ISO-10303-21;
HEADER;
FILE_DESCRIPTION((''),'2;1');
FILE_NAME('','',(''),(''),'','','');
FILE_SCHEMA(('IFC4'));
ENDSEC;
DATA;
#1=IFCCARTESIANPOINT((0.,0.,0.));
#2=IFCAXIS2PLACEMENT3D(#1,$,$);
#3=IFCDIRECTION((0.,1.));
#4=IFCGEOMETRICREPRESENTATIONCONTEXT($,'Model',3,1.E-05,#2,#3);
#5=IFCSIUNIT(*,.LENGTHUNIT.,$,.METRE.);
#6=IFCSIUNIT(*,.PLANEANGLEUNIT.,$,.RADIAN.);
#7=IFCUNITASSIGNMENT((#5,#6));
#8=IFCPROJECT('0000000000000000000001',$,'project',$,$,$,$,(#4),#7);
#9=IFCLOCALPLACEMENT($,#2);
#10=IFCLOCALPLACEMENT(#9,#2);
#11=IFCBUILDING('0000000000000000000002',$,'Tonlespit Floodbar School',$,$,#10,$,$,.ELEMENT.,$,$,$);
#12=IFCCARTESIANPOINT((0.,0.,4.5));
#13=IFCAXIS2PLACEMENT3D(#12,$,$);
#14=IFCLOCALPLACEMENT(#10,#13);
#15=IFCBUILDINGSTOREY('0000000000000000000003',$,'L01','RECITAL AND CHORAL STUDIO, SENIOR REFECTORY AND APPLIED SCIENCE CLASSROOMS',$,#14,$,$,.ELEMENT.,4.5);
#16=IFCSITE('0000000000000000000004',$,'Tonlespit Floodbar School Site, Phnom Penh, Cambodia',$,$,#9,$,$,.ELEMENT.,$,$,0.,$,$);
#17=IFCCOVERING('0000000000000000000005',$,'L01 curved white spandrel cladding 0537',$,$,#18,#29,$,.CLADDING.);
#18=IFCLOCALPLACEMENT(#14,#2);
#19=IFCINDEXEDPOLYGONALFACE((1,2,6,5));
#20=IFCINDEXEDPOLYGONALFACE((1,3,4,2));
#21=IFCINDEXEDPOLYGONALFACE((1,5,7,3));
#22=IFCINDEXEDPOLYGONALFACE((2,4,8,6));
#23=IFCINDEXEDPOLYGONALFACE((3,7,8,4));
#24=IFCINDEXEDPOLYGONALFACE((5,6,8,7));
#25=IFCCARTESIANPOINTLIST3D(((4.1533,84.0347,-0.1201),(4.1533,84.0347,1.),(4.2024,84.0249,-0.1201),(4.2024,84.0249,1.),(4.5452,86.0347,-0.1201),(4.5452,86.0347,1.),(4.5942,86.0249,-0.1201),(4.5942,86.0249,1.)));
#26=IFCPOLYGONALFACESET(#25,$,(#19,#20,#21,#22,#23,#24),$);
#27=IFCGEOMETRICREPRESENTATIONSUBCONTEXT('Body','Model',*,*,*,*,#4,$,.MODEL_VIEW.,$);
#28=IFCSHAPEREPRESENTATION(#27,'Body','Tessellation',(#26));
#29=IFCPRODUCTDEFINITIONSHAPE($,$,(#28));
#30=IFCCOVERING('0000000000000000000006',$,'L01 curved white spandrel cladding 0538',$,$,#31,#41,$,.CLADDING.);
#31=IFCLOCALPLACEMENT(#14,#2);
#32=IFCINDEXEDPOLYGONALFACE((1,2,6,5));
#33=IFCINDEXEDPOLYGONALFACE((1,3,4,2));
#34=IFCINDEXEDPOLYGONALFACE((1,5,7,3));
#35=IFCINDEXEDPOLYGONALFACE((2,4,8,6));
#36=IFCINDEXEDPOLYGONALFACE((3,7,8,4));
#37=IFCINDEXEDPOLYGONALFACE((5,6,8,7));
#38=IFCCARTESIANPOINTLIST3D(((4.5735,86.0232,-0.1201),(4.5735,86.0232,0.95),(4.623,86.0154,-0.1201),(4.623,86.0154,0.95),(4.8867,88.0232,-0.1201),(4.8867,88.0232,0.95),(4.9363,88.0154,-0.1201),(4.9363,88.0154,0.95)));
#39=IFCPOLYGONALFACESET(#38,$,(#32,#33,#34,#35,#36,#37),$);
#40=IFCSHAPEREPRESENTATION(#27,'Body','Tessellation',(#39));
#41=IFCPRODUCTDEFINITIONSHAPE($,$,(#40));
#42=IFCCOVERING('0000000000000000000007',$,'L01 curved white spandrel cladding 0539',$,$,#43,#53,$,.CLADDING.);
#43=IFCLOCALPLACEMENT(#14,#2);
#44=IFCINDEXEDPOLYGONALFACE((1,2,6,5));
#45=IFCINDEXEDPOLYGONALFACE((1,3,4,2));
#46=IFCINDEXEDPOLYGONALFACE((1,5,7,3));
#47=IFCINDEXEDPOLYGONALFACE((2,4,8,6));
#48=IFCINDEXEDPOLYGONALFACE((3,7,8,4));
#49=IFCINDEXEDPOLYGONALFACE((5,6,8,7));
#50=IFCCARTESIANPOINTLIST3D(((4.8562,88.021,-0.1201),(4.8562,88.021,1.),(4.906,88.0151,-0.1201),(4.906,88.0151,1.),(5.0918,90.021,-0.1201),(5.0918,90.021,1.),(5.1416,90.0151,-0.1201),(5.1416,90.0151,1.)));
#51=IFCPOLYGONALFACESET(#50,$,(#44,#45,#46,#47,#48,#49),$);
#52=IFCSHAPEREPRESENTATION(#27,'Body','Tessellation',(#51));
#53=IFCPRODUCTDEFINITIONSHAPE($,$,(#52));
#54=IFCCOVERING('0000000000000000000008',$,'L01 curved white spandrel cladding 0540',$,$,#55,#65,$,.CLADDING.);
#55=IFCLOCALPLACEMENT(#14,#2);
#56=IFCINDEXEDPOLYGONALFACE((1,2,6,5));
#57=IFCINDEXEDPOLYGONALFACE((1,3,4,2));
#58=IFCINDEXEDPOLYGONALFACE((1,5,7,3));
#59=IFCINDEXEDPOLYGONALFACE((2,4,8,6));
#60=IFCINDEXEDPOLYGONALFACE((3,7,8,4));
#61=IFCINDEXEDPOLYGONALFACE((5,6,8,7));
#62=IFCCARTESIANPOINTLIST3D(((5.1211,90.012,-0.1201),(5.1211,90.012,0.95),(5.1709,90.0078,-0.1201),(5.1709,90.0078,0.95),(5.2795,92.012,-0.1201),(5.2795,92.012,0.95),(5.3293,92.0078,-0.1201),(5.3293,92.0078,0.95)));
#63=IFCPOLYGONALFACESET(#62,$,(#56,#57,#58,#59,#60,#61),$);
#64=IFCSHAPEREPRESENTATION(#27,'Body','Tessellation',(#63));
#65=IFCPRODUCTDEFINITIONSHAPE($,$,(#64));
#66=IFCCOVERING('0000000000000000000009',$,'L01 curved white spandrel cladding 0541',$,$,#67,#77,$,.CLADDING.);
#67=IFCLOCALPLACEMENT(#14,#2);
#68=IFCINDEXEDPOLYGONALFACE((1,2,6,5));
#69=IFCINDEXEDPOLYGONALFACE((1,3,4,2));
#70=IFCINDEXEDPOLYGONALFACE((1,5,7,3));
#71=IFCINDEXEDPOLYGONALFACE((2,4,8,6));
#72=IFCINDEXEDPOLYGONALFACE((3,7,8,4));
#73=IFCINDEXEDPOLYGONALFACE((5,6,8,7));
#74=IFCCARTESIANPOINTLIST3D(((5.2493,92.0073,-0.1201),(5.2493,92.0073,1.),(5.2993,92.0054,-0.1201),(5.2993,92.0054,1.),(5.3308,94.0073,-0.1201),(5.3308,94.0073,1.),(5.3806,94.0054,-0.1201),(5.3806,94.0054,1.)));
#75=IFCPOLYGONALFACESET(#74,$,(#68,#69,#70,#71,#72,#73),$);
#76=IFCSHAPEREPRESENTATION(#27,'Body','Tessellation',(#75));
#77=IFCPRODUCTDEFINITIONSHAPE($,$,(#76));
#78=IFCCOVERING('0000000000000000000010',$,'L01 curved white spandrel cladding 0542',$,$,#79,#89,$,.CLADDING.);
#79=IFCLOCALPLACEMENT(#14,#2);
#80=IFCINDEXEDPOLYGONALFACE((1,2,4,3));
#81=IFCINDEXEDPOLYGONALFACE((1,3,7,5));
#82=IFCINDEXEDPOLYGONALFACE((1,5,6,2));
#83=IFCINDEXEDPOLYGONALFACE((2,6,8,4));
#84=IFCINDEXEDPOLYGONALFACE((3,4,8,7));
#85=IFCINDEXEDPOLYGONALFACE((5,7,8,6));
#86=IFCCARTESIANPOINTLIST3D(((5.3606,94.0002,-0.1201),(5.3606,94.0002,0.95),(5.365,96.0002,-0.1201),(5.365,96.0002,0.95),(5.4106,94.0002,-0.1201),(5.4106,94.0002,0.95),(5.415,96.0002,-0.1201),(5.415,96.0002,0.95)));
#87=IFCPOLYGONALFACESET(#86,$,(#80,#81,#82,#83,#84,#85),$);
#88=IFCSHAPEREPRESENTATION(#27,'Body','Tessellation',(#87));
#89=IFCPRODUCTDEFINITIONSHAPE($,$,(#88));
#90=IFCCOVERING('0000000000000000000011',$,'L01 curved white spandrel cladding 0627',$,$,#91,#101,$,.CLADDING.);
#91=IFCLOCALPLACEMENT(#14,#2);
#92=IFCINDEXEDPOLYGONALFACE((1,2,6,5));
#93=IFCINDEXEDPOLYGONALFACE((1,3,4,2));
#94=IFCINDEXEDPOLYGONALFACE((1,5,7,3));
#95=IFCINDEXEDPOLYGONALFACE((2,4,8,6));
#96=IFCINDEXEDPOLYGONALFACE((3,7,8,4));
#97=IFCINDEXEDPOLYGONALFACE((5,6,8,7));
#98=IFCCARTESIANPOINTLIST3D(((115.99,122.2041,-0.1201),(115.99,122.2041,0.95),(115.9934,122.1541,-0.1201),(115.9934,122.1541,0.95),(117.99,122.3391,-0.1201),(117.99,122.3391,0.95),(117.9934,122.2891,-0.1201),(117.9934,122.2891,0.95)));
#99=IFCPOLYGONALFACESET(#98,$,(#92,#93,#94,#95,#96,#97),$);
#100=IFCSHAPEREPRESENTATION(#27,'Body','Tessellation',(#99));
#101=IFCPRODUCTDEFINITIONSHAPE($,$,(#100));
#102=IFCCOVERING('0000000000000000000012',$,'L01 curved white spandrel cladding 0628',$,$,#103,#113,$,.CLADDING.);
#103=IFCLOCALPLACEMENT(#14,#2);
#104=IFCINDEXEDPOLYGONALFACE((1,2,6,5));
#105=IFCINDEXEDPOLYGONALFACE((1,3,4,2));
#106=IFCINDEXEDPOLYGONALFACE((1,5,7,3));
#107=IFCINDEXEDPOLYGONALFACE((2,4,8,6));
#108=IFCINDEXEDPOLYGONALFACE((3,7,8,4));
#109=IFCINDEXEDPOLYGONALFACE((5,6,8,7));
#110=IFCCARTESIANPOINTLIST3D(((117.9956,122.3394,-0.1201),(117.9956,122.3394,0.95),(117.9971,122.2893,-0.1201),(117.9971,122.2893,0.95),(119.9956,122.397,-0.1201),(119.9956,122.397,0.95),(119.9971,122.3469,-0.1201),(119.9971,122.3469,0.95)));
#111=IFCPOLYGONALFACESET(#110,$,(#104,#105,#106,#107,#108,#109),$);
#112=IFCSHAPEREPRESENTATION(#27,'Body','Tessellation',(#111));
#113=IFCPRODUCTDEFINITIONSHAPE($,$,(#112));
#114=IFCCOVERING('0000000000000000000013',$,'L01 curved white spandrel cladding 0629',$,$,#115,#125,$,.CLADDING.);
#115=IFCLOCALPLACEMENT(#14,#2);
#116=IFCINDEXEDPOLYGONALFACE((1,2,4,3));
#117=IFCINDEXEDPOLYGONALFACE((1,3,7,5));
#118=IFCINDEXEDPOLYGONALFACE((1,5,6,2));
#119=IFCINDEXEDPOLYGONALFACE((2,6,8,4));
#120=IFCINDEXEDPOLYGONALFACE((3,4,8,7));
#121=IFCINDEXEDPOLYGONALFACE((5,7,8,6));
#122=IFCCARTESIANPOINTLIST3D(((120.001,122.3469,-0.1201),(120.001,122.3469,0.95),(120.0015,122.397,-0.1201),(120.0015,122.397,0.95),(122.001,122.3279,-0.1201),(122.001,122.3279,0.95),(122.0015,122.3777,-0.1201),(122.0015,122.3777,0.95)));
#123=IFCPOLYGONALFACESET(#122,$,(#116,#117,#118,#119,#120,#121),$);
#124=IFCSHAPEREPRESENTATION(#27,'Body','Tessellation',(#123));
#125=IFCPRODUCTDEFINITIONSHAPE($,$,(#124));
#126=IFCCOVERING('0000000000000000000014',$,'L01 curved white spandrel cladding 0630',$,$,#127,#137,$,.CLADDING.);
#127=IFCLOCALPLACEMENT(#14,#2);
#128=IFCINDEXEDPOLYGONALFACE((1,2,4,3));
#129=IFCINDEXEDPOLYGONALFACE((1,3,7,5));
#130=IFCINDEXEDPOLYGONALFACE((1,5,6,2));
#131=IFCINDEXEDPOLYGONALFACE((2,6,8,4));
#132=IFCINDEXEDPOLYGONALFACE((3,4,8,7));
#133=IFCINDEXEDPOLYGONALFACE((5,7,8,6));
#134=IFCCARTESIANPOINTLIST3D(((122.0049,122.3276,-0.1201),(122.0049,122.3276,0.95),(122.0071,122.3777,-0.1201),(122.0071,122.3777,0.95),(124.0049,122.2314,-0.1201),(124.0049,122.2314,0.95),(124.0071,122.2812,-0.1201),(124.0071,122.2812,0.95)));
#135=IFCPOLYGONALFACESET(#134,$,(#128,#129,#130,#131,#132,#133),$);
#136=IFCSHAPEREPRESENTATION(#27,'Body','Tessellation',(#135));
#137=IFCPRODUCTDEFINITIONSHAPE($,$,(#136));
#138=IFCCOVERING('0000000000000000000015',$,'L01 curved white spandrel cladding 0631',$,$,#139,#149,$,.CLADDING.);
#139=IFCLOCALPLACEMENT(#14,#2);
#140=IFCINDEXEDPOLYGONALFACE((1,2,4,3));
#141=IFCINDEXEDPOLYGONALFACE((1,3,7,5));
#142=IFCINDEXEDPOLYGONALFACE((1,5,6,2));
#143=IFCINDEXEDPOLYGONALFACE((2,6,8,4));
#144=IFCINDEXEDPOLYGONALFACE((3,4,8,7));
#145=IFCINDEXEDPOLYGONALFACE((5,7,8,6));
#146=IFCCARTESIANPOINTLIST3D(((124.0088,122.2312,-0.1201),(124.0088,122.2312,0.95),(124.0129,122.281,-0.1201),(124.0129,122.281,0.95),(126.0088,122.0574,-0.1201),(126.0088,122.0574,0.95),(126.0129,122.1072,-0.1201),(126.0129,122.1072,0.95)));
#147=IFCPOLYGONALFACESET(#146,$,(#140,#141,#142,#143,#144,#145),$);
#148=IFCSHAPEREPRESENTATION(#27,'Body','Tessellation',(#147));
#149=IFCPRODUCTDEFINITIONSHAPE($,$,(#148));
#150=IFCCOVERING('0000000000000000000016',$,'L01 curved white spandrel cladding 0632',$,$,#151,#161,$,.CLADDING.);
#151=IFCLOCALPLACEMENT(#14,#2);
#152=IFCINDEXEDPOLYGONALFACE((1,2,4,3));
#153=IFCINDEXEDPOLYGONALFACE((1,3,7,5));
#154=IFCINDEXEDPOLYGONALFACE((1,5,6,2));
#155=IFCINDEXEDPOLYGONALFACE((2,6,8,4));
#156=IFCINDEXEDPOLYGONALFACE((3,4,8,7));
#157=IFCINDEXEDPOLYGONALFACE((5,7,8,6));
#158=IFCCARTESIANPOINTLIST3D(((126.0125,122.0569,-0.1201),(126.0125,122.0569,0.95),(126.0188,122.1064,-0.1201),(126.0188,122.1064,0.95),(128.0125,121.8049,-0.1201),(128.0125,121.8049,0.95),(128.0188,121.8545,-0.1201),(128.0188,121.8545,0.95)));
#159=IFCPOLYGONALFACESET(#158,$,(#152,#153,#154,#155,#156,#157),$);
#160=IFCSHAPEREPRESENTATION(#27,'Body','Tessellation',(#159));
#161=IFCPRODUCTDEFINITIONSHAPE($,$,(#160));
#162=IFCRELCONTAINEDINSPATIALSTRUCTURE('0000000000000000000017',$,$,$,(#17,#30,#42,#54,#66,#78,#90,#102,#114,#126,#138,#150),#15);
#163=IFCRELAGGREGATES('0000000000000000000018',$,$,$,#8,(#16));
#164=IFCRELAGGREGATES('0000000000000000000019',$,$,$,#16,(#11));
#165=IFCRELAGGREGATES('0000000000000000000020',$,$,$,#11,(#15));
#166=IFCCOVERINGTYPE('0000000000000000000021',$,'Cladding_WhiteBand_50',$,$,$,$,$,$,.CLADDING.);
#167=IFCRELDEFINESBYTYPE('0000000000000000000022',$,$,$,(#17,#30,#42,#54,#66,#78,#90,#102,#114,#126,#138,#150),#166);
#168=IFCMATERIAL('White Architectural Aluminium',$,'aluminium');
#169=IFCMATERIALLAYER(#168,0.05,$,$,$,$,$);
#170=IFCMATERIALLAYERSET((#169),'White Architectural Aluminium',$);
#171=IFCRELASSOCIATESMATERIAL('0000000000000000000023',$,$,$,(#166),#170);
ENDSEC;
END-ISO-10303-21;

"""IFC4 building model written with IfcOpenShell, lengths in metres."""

from ifc_helpers import new_model, si_unit, direction, frame, origin, place, context, subcontext, project, spatial, polyline, outline, extrude, material, layer, layer_set, type_object, element, save


model = new_model("IFC4")

# Units and contexts
model_context = context("Model", 3, precision=1e-05, world=origin(), true_north=direction((0.0, 1.0)))
body_context = subcontext(model_context, "Body", "Model", "MODEL_VIEW")
ifc_project = project(units=[si_unit("LENGTHUNIT", "METRE"), si_unit("PLANEANGLEUNIT", "RADIAN")], contexts=[model_context])

# Site, building, storey
site_placement = place(None, origin())
site = spatial("IfcSite", under=ifc_project, at=site_placement, Name="Tonlespit Floodbar School Site, Phnom Penh, Cambodia", CompositionType="ELEMENT", RefElevation=0.0)
building_placement = place(site_placement, origin())
building = spatial("IfcBuilding", under=site, at=building_placement, Name="Tonlespit Floodbar School", CompositionType="ELEMENT")
storey_placement = place(building_placement, frame((0.0, 0.0, 4.5)))
storey = spatial("IfcBuildingStorey", under=building, at=storey_placement, Name="L01", Description="RECITAL AND CHORAL STUDIO, SENIOR REFECTORY AND APPLIED SCIENCE CLASSROOMS", CompositionType="ELEMENT", Elevation=4.5)

# Coverings
ifc_material = material(Name="White Architectural Aluminium", Category="aluminium")
ifc_layer = layer(ifc_material, 0.05)
ifc_layer_set = layer_set([ifc_layer], Name="White Architectural Aluminium")
covering_type = type_object("IfcCoveringType", Name="Cladding_WhiteBand_50", PredefinedType="CLADDING", material=ifc_layer_set)
covering_1_placement = place(storey_placement, frame((0.0, 0.0, -0.1201)))
element("IfcCovering", 1, at=covering_1_placement, inside=storey, type_object=covering_type, Name="L01 curved white spandrel cladding 0537", PredefinedType="CLADDING", context=body_context, shape_type="SweptSolid", body=[
    extrude(outline(polyline([(4.2024, 84.0249), (4.5942, 86.0249), (4.5452, 86.0347), (4.1533, 84.0347), (4.2024, 84.0249)])), origin(), (0.0, 0.0, 1.0), 1.1201),
])
covering_2_placement = place(storey_placement, frame((0.0, 0.0, -0.1201)))
element("IfcCovering", 2, at=covering_2_placement, inside=storey, type_object=covering_type, Name="L01 curved white spandrel cladding 0538", PredefinedType="CLADDING", context=body_context, shape_type="SweptSolid", body=[
    extrude(outline(polyline([(4.623, 86.0154), (4.9363, 88.0154), (4.8867, 88.0232), (4.5735, 86.0232), (4.623, 86.0154)])), origin(), (0.0, 0.0, 1.0), 1.0701),
])
covering_3_placement = place(storey_placement, frame((0.0, 0.0, -0.1201)))
element("IfcCovering", 3, at=covering_3_placement, inside=storey, type_object=covering_type, Name="L01 curved white spandrel cladding 0539", PredefinedType="CLADDING", context=body_context, shape_type="SweptSolid", body=[
    extrude(outline(polyline([(4.906, 88.0151), (5.1416, 90.0151), (5.0918, 90.021), (4.8562, 88.021), (4.906, 88.0151)])), origin(), (0.0, 0.0, 1.0), 1.1201),
])
covering_4_placement = place(storey_placement, frame((0.0, 0.0, -0.1201)))
element("IfcCovering", 4, at=covering_4_placement, inside=storey, type_object=covering_type, Name="L01 curved white spandrel cladding 0540", PredefinedType="CLADDING", context=body_context, shape_type="SweptSolid", body=[
    extrude(outline(polyline([(5.1709, 90.0078), (5.3293, 92.0078), (5.2795, 92.012), (5.1211, 90.012), (5.1709, 90.0078)])), origin(), (0.0, 0.0, 1.0), 1.0701),
])
covering_5_placement = place(storey_placement, frame((0.0, 0.0, -0.1201)))
element("IfcCovering", 5, at=covering_5_placement, inside=storey, type_object=covering_type, Name="L01 curved white spandrel cladding 0541", PredefinedType="CLADDING", context=body_context, shape_type="SweptSolid", body=[
    extrude(outline(polyline([(5.2993, 92.0054), (5.3806, 94.0054), (5.3308, 94.0073), (5.2493, 92.0073), (5.2993, 92.0054)])), origin(), (0.0, 0.0, 1.0), 1.1201),
])
covering_6_placement = place(storey_placement, frame((0.0, 0.0, -0.1201)))
element("IfcCovering", 6, at=covering_6_placement, inside=storey, type_object=covering_type, Name="L01 curved white spandrel cladding 0542", PredefinedType="CLADDING", context=body_context, shape_type="SweptSolid", body=[
    extrude(outline(polyline([(5.4106, 94.0002), (5.415, 96.0002), (5.365, 96.0002), (5.3606, 94.0002), (5.4106, 94.0002)])), origin(), (0.0, 0.0, 1.0), 1.0701),
])
covering_7_placement = place(storey_placement, frame((0.0, 0.0, -0.1201)))
element("IfcCovering", 7, at=covering_7_placement, inside=storey, type_object=covering_type, Name="L01 curved white spandrel cladding 0627", PredefinedType="CLADDING", context=body_context, shape_type="SweptSolid", body=[
    extrude(outline(polyline([(115.9934, 122.1541), (117.9934, 122.2891), (117.99, 122.3391), (115.99, 122.2041), (115.9934, 122.1541)])), origin(), (0.0, 0.0, 1.0), 1.0701),
])
covering_8_placement = place(storey_placement, frame((0.0, 0.0, -0.1201)))
element("IfcCovering", 8, at=covering_8_placement, inside=storey, type_object=covering_type, Name="L01 curved white spandrel cladding 0628", PredefinedType="CLADDING", context=body_context, shape_type="SweptSolid", body=[
    extrude(outline(polyline([(117.9971, 122.2893), (119.9971, 122.3469), (119.9956, 122.397), (117.9956, 122.3394), (117.9971, 122.2893)])), origin(), (0.0, 0.0, 1.0), 1.0701),
])
covering_9_placement = place(storey_placement, frame((0.0, 0.0, -0.1201)))
element("IfcCovering", 9, at=covering_9_placement, inside=storey, type_object=covering_type, Name="L01 curved white spandrel cladding 0629", PredefinedType="CLADDING", context=body_context, shape_type="SweptSolid", body=[
    extrude(outline(polyline([(120.001, 122.3469), (122.001, 122.3279), (122.0015, 122.3777), (120.0015, 122.397), (120.001, 122.3469)])), origin(), (0.0, 0.0, 1.0), 1.0701),
])
covering_10_placement = place(storey_placement, frame((0.0, 0.0, -0.1201)))
element("IfcCovering", 10, at=covering_10_placement, inside=storey, type_object=covering_type, Name="L01 curved white spandrel cladding 0630", PredefinedType="CLADDING", context=body_context, shape_type="SweptSolid", body=[
    extrude(outline(polyline([(122.0049, 122.3276), (124.0049, 122.2314), (124.0071, 122.2812), (122.0071, 122.3777), (122.0049, 122.3276)])), origin(), (0.0, 0.0, 1.0), 1.0701),
])
covering_11_placement = place(storey_placement, frame((0.0, 0.0, -0.1201)))
element("IfcCovering", 11, at=covering_11_placement, inside=storey, type_object=covering_type, Name="L01 curved white spandrel cladding 0631", PredefinedType="CLADDING", context=body_context, shape_type="SweptSolid", body=[
    extrude(outline(polyline([(124.0088, 122.2312), (126.0088, 122.0574), (126.0129, 122.1072), (124.0129, 122.281), (124.0088, 122.2312)])), origin(), (0.0, 0.0, 1.0), 1.0701),
])
covering_12_placement = place(storey_placement, frame((0.0, 0.0, -0.1201)))
element("IfcCovering", 12, at=covering_12_placement, inside=storey, type_object=covering_type, Name="L01 curved white spandrel cladding 0632", PredefinedType="CLADDING", context=body_context, shape_type="SweptSolid", body=[
    extrude(outline(polyline([(126.0125, 122.0569), (128.0125, 121.8049), (128.0188, 121.8545), (126.0188, 122.1064), (126.0125, 122.0569)])), origin(), (0.0, 0.0, 1.0), 1.0701),
])

save(model, "model.ifc")
